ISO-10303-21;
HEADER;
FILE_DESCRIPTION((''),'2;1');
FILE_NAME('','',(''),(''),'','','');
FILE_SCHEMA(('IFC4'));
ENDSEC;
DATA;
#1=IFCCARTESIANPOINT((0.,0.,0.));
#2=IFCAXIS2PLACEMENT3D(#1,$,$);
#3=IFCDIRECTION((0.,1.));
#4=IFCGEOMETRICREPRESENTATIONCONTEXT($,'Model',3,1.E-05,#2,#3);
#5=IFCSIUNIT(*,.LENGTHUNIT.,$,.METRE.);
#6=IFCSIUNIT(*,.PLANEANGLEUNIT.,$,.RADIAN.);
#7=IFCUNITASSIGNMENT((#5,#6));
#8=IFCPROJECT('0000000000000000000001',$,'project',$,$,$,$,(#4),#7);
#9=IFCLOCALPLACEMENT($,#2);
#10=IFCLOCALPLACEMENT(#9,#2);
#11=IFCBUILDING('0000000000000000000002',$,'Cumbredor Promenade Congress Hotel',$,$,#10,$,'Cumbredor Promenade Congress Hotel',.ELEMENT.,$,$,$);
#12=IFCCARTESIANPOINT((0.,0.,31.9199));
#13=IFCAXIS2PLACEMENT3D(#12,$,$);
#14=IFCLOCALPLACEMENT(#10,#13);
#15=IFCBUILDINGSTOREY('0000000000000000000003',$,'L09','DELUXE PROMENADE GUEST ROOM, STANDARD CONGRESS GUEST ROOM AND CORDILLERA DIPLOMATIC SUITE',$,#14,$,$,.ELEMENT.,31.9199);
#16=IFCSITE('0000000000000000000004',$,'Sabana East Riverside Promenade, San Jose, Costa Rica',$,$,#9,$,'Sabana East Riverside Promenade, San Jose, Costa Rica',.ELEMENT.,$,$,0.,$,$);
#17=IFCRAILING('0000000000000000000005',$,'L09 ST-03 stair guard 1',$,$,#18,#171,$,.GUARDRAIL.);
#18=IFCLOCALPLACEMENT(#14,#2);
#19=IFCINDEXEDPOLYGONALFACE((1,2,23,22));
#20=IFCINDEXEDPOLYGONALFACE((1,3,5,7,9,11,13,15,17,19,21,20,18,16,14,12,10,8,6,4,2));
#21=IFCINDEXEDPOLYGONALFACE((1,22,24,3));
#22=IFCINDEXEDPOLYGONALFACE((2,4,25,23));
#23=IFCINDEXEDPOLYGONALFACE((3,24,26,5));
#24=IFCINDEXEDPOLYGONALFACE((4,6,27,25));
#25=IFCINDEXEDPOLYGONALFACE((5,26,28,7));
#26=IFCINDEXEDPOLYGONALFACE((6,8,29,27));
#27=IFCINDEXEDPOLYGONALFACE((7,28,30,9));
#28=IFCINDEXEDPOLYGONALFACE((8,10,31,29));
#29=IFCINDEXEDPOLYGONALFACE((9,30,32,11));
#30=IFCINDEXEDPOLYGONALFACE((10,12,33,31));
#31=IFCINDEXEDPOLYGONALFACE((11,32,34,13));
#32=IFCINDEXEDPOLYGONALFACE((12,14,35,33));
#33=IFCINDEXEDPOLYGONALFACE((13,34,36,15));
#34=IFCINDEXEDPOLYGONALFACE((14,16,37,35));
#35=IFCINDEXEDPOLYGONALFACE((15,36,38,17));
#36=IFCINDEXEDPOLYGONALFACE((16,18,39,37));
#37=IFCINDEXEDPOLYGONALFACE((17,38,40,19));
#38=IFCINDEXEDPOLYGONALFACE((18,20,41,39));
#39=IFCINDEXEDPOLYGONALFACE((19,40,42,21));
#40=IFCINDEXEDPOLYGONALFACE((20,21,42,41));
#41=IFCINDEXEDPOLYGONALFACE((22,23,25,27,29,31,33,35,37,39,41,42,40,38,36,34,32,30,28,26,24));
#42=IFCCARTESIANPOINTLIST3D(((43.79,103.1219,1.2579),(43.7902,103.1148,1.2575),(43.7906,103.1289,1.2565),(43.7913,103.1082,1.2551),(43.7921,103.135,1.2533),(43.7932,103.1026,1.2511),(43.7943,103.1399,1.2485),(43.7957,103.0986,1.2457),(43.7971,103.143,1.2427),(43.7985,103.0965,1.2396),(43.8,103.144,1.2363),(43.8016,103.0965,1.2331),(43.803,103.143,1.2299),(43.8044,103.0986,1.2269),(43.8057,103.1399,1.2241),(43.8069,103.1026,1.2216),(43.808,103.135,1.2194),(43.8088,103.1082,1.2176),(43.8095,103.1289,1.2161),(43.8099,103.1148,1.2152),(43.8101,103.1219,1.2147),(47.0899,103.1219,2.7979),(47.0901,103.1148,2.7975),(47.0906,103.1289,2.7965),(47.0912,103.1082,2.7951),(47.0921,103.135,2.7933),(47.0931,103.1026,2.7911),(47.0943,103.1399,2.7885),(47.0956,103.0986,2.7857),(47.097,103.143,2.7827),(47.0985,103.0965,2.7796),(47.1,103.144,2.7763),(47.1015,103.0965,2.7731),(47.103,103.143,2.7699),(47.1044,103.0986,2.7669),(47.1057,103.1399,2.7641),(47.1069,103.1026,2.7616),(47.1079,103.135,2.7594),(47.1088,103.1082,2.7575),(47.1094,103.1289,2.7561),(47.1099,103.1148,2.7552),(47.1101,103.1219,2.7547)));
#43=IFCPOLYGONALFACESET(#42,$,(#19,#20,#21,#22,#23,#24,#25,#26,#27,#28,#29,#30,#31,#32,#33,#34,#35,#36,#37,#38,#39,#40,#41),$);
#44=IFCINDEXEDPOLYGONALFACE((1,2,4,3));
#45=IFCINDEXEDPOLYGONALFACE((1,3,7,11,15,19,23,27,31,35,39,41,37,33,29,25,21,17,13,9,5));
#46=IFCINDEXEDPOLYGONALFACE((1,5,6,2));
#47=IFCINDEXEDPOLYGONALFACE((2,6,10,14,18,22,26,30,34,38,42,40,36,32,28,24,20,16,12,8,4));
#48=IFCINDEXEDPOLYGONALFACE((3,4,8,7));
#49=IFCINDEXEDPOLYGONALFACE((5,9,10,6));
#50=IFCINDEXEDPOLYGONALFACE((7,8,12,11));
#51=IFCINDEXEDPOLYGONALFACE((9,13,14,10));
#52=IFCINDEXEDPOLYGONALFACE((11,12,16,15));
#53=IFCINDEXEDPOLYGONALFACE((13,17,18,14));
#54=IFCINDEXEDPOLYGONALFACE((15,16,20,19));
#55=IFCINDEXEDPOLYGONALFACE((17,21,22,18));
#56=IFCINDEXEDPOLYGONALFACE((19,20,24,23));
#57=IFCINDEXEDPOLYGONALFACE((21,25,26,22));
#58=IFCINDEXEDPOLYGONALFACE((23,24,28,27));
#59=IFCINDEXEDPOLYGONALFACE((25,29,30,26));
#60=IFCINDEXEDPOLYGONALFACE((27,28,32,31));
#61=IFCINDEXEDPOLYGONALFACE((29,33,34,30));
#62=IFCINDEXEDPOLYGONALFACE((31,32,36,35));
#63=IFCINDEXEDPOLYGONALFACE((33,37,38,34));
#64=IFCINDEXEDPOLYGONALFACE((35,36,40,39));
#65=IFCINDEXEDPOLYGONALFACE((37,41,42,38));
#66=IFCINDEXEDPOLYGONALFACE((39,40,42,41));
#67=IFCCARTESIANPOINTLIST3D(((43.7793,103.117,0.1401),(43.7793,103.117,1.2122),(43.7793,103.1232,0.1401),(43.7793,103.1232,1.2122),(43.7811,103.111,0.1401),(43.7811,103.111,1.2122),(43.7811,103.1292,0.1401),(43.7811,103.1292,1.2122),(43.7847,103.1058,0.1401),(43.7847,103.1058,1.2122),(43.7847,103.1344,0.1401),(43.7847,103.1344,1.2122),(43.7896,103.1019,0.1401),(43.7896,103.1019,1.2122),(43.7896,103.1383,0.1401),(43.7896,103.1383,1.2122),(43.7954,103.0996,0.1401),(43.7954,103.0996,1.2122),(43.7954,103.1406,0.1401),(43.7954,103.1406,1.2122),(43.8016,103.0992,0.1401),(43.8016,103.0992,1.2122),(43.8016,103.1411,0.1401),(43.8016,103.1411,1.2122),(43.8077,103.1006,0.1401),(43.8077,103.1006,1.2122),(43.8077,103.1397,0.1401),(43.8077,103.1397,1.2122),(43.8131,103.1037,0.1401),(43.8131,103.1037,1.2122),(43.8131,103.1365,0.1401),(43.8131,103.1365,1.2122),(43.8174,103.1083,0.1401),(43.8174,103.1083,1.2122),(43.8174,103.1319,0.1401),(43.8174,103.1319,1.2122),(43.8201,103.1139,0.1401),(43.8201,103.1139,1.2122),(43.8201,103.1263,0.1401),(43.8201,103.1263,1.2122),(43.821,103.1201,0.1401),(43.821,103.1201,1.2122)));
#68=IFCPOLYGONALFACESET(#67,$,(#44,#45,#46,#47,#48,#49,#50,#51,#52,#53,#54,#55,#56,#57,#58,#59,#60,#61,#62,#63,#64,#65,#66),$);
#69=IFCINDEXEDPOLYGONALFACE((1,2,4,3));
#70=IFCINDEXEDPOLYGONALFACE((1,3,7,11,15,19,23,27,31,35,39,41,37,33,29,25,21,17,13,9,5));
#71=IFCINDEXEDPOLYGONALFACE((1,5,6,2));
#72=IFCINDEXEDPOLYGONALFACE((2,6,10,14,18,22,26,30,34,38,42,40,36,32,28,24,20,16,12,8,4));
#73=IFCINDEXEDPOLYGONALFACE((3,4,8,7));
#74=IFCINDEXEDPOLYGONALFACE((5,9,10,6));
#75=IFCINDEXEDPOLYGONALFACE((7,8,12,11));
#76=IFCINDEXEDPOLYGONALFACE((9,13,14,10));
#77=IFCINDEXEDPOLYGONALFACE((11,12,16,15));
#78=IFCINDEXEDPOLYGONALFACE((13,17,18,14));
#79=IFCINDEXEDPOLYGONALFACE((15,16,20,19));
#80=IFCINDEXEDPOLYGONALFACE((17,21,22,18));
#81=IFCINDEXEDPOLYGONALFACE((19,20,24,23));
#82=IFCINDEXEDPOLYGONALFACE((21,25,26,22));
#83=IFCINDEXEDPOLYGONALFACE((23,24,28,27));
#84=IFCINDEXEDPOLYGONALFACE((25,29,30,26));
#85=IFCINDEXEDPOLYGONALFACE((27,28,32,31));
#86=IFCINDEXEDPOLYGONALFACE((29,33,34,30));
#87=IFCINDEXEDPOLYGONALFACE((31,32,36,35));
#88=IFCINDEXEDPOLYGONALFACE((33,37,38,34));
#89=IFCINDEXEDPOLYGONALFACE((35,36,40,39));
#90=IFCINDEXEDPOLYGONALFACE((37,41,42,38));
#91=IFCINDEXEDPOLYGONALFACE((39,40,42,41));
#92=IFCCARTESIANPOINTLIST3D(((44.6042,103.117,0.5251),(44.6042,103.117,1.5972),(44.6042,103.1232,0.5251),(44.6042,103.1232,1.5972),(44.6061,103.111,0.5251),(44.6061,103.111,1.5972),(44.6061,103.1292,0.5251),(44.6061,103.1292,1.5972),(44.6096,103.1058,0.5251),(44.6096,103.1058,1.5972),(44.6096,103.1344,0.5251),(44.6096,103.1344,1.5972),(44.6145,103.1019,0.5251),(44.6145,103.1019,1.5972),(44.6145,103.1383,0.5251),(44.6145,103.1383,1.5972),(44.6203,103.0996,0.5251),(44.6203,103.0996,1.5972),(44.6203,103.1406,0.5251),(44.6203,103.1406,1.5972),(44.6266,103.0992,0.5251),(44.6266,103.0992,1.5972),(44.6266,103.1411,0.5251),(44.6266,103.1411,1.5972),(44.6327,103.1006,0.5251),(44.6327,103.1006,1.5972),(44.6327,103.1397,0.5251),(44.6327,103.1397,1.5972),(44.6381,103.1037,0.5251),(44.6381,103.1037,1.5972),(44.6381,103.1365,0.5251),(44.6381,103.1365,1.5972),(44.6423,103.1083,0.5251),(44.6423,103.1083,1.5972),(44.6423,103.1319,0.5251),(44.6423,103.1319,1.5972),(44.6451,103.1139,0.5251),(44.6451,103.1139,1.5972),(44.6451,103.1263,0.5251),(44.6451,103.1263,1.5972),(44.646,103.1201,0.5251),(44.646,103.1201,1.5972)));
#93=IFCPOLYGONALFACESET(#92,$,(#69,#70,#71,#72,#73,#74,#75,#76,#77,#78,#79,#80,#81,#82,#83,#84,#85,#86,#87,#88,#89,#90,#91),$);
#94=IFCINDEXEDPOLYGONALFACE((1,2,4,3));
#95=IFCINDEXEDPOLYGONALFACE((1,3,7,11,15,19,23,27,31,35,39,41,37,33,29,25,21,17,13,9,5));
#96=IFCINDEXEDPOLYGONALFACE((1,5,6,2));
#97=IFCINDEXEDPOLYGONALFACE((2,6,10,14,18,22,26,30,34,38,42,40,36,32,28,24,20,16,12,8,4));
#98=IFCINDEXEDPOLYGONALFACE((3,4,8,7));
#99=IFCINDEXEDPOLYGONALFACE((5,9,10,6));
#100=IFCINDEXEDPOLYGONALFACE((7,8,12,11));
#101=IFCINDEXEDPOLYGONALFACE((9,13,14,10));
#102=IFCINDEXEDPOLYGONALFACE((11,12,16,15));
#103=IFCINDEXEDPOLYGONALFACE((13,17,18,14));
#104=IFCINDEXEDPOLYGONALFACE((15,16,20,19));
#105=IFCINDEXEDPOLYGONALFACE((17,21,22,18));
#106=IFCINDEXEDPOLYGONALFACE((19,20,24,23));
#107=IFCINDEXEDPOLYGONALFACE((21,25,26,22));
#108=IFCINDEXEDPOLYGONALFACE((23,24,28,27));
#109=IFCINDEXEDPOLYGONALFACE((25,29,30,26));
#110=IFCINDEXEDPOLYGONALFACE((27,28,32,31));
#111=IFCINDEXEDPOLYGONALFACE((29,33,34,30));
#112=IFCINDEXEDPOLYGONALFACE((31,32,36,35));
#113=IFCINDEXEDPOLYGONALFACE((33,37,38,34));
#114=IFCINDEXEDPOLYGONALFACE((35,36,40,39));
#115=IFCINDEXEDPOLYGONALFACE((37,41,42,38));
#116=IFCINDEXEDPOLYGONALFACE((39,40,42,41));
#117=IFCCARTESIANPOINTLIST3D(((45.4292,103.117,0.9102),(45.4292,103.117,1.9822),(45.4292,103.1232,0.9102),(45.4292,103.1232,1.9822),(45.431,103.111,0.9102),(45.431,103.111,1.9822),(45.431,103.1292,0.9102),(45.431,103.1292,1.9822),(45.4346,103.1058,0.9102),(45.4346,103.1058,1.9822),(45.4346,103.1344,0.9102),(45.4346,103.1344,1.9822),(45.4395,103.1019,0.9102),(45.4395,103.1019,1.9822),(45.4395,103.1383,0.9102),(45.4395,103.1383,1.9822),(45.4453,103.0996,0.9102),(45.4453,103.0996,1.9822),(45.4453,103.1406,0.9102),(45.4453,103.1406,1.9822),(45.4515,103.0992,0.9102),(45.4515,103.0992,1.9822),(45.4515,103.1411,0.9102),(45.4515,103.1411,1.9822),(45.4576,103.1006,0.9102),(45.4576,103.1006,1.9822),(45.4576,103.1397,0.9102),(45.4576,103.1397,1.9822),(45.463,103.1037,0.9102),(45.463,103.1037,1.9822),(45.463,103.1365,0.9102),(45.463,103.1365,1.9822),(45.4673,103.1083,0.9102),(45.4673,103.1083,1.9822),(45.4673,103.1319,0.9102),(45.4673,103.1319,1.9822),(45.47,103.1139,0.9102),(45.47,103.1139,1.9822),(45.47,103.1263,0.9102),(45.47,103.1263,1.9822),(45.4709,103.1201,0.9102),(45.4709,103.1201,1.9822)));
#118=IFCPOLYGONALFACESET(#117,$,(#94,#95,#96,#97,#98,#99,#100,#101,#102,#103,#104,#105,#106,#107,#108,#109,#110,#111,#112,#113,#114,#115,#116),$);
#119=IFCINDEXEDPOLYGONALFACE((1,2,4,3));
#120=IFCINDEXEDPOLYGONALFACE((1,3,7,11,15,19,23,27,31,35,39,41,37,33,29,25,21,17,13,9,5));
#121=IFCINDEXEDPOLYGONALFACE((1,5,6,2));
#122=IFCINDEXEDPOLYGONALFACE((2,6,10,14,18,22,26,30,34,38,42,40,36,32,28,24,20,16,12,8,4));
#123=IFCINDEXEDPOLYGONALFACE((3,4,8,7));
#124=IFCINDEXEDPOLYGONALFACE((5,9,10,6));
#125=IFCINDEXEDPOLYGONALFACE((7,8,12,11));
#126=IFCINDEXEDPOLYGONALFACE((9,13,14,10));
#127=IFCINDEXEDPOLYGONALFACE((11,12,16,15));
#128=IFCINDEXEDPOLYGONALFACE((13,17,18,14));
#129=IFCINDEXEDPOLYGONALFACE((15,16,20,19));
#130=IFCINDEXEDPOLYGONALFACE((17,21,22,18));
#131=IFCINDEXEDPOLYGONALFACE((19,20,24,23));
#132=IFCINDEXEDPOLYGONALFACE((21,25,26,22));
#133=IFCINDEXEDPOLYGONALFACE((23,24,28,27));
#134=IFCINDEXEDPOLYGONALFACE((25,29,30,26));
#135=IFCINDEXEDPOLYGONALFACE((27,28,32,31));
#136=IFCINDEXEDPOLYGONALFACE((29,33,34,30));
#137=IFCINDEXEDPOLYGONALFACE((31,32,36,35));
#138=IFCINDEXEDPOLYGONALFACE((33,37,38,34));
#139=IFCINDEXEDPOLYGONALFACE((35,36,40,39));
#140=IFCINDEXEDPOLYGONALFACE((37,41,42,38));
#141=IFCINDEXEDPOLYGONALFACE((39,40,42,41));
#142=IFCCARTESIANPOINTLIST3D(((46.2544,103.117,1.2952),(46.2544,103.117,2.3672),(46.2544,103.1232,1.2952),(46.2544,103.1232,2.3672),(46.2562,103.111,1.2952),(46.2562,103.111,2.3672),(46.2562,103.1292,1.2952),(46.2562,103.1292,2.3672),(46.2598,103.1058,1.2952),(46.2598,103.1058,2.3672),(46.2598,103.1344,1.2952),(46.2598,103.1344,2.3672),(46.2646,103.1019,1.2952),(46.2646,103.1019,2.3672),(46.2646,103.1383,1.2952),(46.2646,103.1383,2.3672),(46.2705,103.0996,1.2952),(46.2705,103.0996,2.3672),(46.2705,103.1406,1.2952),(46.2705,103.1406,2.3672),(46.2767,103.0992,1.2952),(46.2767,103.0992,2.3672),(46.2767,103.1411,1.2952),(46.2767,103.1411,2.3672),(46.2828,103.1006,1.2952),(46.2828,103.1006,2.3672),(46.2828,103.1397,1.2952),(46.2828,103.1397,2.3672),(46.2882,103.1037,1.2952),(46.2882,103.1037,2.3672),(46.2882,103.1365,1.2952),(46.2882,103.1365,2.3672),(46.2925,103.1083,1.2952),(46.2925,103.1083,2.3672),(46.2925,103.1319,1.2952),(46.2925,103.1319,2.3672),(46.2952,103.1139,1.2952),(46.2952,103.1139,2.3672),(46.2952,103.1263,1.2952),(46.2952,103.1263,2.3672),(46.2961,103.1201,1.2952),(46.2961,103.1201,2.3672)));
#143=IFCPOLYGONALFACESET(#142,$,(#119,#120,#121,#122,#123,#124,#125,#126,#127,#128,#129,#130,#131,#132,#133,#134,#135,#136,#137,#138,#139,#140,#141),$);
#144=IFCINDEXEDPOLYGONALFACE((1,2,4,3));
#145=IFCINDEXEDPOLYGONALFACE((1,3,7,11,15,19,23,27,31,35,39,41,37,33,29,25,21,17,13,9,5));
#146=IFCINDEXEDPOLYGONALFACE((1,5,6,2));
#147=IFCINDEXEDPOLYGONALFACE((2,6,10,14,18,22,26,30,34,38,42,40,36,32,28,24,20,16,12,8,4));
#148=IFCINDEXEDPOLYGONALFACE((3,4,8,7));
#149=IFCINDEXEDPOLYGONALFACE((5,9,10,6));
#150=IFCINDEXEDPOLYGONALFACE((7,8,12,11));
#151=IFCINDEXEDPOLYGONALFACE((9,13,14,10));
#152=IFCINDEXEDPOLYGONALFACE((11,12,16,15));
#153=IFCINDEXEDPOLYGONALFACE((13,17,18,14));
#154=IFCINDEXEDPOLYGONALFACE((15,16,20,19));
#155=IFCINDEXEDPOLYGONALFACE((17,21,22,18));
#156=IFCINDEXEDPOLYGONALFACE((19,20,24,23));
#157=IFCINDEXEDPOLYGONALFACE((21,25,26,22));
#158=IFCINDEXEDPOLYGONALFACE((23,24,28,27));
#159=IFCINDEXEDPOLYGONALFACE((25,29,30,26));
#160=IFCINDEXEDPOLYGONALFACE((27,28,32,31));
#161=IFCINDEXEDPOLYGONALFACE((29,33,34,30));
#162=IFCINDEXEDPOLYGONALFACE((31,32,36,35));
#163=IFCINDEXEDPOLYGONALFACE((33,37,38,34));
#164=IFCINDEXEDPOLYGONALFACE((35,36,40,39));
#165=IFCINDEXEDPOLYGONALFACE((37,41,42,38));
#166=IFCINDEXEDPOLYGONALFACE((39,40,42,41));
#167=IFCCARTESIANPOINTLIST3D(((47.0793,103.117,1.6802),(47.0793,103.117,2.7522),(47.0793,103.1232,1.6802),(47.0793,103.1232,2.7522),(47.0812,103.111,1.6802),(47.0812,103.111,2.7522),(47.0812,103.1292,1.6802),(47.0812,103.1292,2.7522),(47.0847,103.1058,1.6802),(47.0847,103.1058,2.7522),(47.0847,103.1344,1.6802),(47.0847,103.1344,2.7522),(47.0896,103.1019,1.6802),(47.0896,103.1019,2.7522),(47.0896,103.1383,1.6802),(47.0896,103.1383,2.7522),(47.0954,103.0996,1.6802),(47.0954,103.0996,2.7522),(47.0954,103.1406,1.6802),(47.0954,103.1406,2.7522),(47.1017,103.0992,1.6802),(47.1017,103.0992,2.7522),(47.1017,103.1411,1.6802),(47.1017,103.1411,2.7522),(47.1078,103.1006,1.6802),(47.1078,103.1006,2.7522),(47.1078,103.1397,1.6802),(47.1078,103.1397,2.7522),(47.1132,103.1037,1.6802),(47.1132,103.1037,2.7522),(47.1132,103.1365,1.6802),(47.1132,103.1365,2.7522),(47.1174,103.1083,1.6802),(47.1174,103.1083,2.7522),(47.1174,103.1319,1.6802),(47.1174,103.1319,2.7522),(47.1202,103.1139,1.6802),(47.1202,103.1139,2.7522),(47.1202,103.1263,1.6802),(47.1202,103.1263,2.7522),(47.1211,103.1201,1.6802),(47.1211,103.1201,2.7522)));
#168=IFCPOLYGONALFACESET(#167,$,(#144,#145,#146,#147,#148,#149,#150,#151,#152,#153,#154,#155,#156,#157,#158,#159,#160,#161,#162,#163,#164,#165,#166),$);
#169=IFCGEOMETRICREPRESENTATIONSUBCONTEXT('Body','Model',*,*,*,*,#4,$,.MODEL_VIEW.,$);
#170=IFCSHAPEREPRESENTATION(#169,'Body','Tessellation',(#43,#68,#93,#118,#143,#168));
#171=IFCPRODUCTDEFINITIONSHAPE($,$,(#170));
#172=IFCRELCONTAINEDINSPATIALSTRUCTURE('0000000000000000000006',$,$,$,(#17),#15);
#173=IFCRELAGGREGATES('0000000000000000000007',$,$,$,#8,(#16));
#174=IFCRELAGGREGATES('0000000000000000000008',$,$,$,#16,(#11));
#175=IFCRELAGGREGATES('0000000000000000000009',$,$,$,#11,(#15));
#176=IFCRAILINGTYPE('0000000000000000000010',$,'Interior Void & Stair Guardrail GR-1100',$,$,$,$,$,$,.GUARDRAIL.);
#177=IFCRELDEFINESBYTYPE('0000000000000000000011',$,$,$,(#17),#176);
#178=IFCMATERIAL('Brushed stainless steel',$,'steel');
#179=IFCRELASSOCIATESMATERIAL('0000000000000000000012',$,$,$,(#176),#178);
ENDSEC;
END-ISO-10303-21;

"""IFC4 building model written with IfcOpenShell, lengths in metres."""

from ifc_helpers import new_model, si_unit, direction, frame, origin, origin_2d, place, context, subcontext, project, spatial, circle, extrude, material, type_object, element, save


model = new_model("IFC4")

# Units and contexts
model_context = context("Model", 3, precision=1e-05, world=origin(), true_north=direction((0.0, 1.0)))
body_context = subcontext(model_context, "Body", "Model", "MODEL_VIEW")
ifc_project = project(units=[si_unit("LENGTHUNIT", "METRE"), si_unit("PLANEANGLEUNIT", "RADIAN")], contexts=[model_context])

# Site, building, storey
site_placement = place(None, origin())
site = spatial("IfcSite", under=ifc_project, at=site_placement, Name="Sabana East Riverside Promenade, San Jose, Costa Rica", LongName="Sabana East Riverside Promenade, San Jose, Costa Rica", CompositionType="ELEMENT", RefElevation=0.0)
building_placement = place(site_placement, origin())
building = spatial("IfcBuilding", under=site, at=building_placement, Name="Cumbredor Promenade Congress Hotel", LongName="Cumbredor Promenade Congress Hotel", CompositionType="ELEMENT")
storey_placement = place(building_placement, frame((0.0, 0.0, 31.9199)))
storey = spatial("IfcBuildingStorey", under=building, at=storey_placement, Name="L09", Description="DELUXE PROMENADE GUEST ROOM, STANDARD CONGRESS GUEST ROOM AND CORDILLERA DIPLOMATIC SUITE", CompositionType="ELEMENT", Elevation=31.9199)

# Railing
ifc_material_1 = material(Name="Brushed stainless steel", Category="steel")
railing_type_1 = type_object("IfcRailingType", Name="Interior Void & Stair Guardrail GR-1100", PredefinedType="GUARDRAIL", material=ifc_material_1)
railing_1_placement = place(storey_placement, frame((43.8, 103.1201, 0.1401)))
element("IfcRailing", 1, at=railing_1_placement, inside=storey, type_object=railing_type_1, Name="L09 ST-03 stair guard 1", PredefinedType="GUARDRAIL", context=body_context, shape_type="SweptSolid", body=[
    extrude(circle(Radius=0.0239, at=origin_2d()), frame((0.0, 0.0, 1.0962), z_axis=(0.906181, 0.0, 0.422889), x_axis=(0.0, 1.0, 0.0)), (0.0, 0.0, 1.0), 3.6416),
    extrude(circle(Radius=0.021, at=origin_2d()), origin(), (0.0, 0.0, 1.0), 1.072),
    extrude(circle(Radius=0.021, at=origin_2d()), frame((0.825, 0.0, 0.385)), (0.0, 0.0, 1.0), 1.072),
    extrude(circle(Radius=0.021, at=origin_2d()), frame((1.6499, 0.0, 0.77)), (0.0, 0.0, 1.0), 1.072),
    extrude(circle(Radius=0.021, at=origin_2d()), frame((2.4751, 0.0, 1.155)), (0.0, 0.0, 1.0), 1.072),
    extrude(circle(Radius=0.021, at=origin_2d()), frame((3.3, 0.0, 1.54)), (0.0, 0.0, 1.0), 1.072),
])

save(model, "model.ifc")
